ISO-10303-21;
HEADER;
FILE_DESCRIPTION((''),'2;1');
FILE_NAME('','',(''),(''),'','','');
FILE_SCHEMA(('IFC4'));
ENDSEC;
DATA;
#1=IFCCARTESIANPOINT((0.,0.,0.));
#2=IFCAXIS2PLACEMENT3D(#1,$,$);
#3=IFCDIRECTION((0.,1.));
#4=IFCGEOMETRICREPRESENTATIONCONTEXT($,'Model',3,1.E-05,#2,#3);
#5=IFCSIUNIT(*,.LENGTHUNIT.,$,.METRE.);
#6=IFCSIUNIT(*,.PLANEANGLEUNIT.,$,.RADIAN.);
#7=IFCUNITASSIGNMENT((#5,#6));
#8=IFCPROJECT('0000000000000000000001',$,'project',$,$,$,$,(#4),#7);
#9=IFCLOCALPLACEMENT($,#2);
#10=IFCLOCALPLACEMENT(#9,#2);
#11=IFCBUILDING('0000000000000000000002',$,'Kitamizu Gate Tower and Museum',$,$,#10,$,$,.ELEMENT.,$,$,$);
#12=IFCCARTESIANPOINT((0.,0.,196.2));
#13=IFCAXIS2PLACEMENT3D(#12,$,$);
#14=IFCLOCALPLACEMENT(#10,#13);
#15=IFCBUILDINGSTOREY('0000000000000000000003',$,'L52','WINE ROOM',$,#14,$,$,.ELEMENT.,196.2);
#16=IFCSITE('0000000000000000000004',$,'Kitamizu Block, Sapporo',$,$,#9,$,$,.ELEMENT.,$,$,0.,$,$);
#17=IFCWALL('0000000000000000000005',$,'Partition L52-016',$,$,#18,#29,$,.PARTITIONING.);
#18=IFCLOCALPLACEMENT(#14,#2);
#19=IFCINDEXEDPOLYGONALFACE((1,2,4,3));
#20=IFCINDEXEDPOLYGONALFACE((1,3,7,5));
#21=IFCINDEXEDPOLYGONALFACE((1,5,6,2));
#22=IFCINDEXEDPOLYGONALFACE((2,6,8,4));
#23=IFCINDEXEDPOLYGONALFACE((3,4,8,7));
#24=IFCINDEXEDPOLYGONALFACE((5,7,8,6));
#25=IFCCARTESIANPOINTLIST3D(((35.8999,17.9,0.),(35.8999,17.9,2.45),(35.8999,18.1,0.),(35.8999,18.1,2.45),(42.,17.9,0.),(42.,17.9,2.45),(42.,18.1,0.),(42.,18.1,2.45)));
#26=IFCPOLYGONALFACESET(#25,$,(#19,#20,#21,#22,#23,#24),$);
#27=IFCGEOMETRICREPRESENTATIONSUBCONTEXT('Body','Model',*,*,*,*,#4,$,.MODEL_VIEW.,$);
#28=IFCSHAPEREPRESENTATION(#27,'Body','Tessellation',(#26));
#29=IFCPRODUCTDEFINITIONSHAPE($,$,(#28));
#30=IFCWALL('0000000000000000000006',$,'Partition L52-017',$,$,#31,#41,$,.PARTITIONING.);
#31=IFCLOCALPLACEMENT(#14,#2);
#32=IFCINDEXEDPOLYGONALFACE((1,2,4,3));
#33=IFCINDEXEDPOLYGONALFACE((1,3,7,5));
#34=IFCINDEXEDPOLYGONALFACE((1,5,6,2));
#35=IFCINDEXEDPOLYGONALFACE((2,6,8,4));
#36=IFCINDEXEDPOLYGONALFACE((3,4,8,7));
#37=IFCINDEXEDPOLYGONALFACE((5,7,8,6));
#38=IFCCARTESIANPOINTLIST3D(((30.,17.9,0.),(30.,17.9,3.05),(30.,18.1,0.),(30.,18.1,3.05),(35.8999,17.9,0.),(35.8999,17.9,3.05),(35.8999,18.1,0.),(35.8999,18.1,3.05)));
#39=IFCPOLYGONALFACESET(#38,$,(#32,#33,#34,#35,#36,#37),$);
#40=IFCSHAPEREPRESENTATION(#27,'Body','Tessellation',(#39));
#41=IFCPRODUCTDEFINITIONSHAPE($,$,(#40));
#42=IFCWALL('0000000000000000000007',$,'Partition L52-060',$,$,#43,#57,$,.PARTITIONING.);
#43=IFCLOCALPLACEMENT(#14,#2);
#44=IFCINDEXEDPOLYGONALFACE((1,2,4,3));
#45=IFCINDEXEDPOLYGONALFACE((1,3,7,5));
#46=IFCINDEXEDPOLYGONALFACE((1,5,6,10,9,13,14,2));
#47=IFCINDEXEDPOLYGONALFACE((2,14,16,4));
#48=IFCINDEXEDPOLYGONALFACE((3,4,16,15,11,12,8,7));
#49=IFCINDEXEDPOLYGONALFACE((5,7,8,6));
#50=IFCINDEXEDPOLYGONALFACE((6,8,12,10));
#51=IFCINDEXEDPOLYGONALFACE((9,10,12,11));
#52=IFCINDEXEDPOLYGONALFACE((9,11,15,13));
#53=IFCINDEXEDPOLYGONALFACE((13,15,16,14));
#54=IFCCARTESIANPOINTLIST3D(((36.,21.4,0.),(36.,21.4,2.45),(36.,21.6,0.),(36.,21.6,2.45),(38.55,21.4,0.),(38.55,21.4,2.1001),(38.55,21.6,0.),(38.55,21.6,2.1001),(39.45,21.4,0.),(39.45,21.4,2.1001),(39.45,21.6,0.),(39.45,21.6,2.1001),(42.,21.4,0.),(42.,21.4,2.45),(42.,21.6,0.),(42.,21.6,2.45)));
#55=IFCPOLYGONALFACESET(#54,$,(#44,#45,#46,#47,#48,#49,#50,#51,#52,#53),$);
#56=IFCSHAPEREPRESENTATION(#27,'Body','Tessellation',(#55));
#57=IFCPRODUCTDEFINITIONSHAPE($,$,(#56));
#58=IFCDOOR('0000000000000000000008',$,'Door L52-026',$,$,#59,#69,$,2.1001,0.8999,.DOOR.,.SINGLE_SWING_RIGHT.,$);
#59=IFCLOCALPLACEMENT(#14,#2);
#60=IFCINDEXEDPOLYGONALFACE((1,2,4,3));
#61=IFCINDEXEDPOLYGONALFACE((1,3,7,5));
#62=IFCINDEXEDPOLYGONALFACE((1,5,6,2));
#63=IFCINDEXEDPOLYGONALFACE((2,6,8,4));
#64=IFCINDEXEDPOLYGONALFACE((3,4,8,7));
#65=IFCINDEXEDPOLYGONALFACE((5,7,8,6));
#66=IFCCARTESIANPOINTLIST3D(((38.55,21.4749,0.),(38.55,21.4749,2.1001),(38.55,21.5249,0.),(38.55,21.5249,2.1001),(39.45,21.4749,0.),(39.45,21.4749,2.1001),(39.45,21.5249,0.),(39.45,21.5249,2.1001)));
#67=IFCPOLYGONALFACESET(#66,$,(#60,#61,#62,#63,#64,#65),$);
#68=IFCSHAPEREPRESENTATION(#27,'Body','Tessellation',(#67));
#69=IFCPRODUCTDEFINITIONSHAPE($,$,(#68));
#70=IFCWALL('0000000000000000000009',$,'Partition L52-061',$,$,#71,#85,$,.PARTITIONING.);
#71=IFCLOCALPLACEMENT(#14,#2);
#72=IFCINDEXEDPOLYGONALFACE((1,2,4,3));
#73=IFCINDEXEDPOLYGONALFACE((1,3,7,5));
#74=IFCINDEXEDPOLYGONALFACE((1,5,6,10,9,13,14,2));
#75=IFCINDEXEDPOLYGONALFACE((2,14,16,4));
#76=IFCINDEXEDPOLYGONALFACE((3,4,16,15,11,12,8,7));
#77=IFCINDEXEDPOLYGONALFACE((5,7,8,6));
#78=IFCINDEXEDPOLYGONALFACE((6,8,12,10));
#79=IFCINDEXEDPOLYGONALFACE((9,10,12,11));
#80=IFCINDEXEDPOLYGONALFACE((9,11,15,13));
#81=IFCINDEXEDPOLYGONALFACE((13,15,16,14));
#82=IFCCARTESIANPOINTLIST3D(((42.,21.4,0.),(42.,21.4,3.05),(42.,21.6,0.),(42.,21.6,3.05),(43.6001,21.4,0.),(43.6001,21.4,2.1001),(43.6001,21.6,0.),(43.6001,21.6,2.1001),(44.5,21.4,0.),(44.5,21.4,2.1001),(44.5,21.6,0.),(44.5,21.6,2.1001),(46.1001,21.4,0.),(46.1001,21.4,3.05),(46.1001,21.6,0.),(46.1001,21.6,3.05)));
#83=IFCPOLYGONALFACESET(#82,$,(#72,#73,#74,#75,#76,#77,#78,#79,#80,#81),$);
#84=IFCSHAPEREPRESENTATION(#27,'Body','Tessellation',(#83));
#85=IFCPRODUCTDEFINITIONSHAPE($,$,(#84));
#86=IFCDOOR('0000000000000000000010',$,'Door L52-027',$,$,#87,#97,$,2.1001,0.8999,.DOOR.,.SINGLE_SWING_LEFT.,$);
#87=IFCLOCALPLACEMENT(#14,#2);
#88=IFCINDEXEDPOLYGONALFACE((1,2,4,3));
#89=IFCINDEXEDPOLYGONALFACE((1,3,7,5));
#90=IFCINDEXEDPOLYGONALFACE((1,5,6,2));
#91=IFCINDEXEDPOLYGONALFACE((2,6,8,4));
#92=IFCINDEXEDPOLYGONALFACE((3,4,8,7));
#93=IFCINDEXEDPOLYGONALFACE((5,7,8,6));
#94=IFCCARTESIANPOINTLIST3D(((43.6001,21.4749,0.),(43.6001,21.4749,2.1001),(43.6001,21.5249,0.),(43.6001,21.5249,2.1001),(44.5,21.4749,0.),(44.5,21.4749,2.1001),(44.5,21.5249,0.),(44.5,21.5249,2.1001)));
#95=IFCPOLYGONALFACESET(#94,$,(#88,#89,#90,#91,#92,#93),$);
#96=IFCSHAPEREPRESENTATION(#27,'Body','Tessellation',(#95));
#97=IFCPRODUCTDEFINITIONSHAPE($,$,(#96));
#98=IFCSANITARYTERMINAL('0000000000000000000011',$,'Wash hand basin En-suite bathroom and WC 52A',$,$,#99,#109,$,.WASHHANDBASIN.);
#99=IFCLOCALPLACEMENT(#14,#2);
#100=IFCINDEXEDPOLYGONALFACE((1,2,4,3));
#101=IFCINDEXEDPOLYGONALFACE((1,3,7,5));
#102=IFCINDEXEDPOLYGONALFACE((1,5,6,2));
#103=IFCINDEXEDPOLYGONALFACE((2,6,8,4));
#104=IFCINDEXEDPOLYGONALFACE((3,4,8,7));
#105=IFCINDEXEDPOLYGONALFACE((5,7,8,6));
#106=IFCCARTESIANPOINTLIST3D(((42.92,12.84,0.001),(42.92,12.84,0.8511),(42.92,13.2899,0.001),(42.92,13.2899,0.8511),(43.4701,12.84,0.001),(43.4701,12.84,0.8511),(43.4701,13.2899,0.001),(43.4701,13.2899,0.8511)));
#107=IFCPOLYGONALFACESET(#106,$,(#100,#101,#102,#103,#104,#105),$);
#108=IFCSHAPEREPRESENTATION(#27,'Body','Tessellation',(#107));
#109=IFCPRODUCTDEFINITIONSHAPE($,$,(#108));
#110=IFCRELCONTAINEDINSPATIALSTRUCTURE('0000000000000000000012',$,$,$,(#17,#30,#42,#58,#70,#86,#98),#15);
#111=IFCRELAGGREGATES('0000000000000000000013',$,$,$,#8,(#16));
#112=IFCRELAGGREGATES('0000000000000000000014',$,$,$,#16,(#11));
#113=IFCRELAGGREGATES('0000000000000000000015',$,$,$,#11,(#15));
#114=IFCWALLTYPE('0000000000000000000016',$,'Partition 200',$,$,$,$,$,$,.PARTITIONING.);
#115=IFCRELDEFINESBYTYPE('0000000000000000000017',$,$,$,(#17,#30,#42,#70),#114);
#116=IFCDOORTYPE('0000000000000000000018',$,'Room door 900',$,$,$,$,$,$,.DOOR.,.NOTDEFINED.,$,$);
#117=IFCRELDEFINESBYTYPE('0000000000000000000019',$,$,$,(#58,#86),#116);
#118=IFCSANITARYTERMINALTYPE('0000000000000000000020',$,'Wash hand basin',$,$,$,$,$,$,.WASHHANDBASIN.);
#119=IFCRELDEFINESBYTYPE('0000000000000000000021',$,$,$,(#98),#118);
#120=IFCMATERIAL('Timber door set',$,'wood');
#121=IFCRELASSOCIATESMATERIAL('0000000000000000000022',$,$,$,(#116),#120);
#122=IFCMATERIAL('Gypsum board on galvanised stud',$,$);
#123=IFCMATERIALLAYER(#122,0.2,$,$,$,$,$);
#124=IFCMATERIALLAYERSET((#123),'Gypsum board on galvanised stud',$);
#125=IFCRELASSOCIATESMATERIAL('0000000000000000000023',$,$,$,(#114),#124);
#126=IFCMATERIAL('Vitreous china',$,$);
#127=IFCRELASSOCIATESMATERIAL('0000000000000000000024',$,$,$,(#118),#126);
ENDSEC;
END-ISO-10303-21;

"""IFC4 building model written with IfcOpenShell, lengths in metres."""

from ifc_helpers import new_model, si_unit, direction, frame, frame_2d, origin, origin_2d, place, context, subcontext, project, spatial, rectangle, extrude, material, layer, layer_set, type_object, element, fill, save


model = new_model("IFC4")

# Units and contexts
model_context = context("Model", 3, precision=1e-05, world=origin(), true_north=direction((0.0, 1.0)))
body_context = subcontext(model_context, "Body", "Model", "MODEL_VIEW")
ifc_project = project(units=[si_unit("LENGTHUNIT", "METRE"), si_unit("PLANEANGLEUNIT", "RADIAN")], contexts=[model_context])

# Site, building, storey
site_placement = place(None, origin())
site = spatial("IfcSite", under=ifc_project, at=site_placement, Name="Kitamizu Block, Sapporo", CompositionType="ELEMENT", RefElevation=0.0)
building_placement = place(site_placement, origin())
building = spatial("IfcBuilding", under=site, at=building_placement, Name="Kitamizu Gate Tower and Museum", CompositionType="ELEMENT")
storey_placement = place(building_placement, frame((0.0, 0.0, 196.2)))
storey = spatial("IfcBuildingStorey", under=building, at=storey_placement, Name="L52", Description="WINE ROOM", CompositionType="ELEMENT", Elevation=196.2)

# Shared definitions
ifc_material_1 = material(Name="Timber door set", Category="wood")
door_type_1 = type_object("IfcDoorType", Name="Room door 900", OperationType="NOTDEFINED", PredefinedType="DOOR", material=ifc_material_1)

# Walls
ifc_material_2 = material(Name="Gypsum board on galvanised stud")
ifc_layer_1 = layer(ifc_material_2, 0.2)
ifc_layer_set_1 = layer_set([ifc_layer_1], Name="Gypsum board on galvanised stud")
wall_type_1 = type_object("IfcWallType", Name="Partition 200", PredefinedType="PARTITIONING", material=ifc_layer_set_1)
wall_1_placement = place(storey_placement, frame((42.0, 18.0, 0.0), z_axis=(0.0, 0.0, 1.0), x_axis=(-1.0, 0.0, 0.0)))
element("IfcWall", 1, at=wall_1_placement, inside=storey, type_object=wall_type_1, Name="Partition L52-016", PredefinedType="PARTITIONING", context=body_context, shape_type="SweptSolid", body=[
    extrude(rectangle(XDim=6.1001, YDim=0.2, at=frame_2d((3.05, 0.0))), origin(), (0.0, 0.0, 1.0), 2.45),
])
wall_2_placement = place(storey_placement, frame((35.8999, 18.0, 0.0), z_axis=(0.0, 0.0, 1.0), x_axis=(-1.0, 0.0, 0.0)))
element("IfcWall", 2, at=wall_2_placement, inside=storey, type_object=wall_type_1, Name="Partition L52-017", PredefinedType="PARTITIONING", context=body_context, shape_type="SweptSolid", body=[
    extrude(rectangle(XDim=5.8999, YDim=0.2, at=frame_2d((2.95, 0.0))), origin(), (0.0, 0.0, 1.0), 3.05),
])

# Walls, openings, doors
wall_3_placement = place(storey_placement, frame((36.0, 21.5, 0.0), z_axis=(0.0, 0.0, 1.0), x_axis=(1.0, 0.0, 0.0)))
wall_3 = element("IfcWall", 3, at=wall_3_placement, inside=storey, type_object=wall_type_1, Name="Partition L52-060", PredefinedType="PARTITIONING", context=body_context, shape_type="SweptSolid", body=[
    extrude(rectangle(XDim=6.0, YDim=0.2, at=frame_2d((3.0, 0.0))), origin(), (0.0, 0.0, 1.0), 2.45),
])
opening_1_placement = place(wall_3_placement, frame((2.55, 0.0, 0.0)))
opening_1 = element("IfcOpeningElement", 4, at=opening_1_placement, cuts=wall_3, PredefinedType="OPENING", context=body_context, shape_type="SweptSolid", body=[
    extrude(rectangle(XDim=0.8999, YDim=2.1001, at=frame_2d((0.45, 1.05))), frame((0.0, 0.1099, 0.0), z_axis=(0.0, -1.0, 0.0), x_axis=(1.0, 0.0, 0.0)), (0.0, 0.0, 1.0), 0.22),
])
door_1_placement = place(opening_1_placement, origin())
door_1 = element("IfcDoor", 5, at=door_1_placement, inside=storey, type_object=door_type_1, Name="Door L52-026", OperationType="SINGLE_SWING_RIGHT", OverallHeight=2.1001, OverallWidth=0.8999, PredefinedType="DOOR", context=body_context, shape_type="SweptSolid", body=[
    extrude(rectangle(XDim=0.8999, YDim=2.1001, at=frame_2d((0.45, 1.05))), frame((0.0, 0.0249, 0.0), z_axis=(0.0, -1.0, 0.0), x_axis=(1.0, 0.0, 0.0)), (0.0, 0.0, 1.0), 0.05),
])
fill(opening_1, door_1)
wall_4_placement = place(storey_placement, frame((42.0, 21.5, 0.0), z_axis=(0.0, 0.0, 1.0), x_axis=(1.0, 0.0, 0.0)))
wall_4 = element("IfcWall", 6, at=wall_4_placement, inside=storey, type_object=wall_type_1, Name="Partition L52-061", PredefinedType="PARTITIONING", context=body_context, shape_type="SweptSolid", body=[
    extrude(rectangle(XDim=4.1001, YDim=0.2, at=frame_2d((2.05, 0.0))), origin(), (0.0, 0.0, 1.0), 3.05),
])
opening_2_placement = place(wall_4_placement, frame((1.6001, 0.0, 0.0)))
opening_2 = element("IfcOpeningElement", 7, at=opening_2_placement, cuts=wall_4, PredefinedType="OPENING", context=body_context, shape_type="SweptSolid", body=[
    extrude(rectangle(XDim=0.8999, YDim=2.1001, at=frame_2d((0.45, 1.05))), frame((0.0, 0.1099, 0.0), z_axis=(0.0, -1.0, 0.0), x_axis=(1.0, 0.0, 0.0)), (0.0, 0.0, 1.0), 0.22),
])
door_2_placement = place(opening_2_placement, origin())
door_2 = element("IfcDoor", 8, at=door_2_placement, inside=storey, type_object=door_type_1, Name="Door L52-027", OperationType="SINGLE_SWING_LEFT", OverallHeight=2.1001, OverallWidth=0.8999, PredefinedType="DOOR", context=body_context, shape_type="SweptSolid", body=[
    extrude(rectangle(XDim=0.8999, YDim=2.1001, at=frame_2d((0.45, 1.05))), frame((0.0, 0.0249, 0.0), z_axis=(0.0, -1.0, 0.0), x_axis=(1.0, 0.0, 0.0)), (0.0, 0.0, 1.0), 0.05),
])
fill(opening_2, door_2)

# Sanitary terminal
ifc_material_3 = material(Name="Vitreous china")
sanitary_terminal_type = type_object("IfcSanitaryTerminalType", Name="Wash hand basin", PredefinedType="WASHHANDBASIN", material=ifc_material_3)
sanitary_terminal_placement = place(storey_placement, frame((43.1951, 13.0649, 0.001), z_axis=(0.0, 0.0, 1.0), x_axis=(1.0, 0.0, 0.0)))
element("IfcSanitaryTerminal", 9, at=sanitary_terminal_placement, inside=storey, type_object=sanitary_terminal_type, Name="Wash hand basin En-suite bathroom and WC 52A", PredefinedType="WASHHANDBASIN", context=body_context, shape_type="SweptSolid", body=[
    extrude(rectangle(XDim=0.55, YDim=0.45, at=origin_2d()), origin(), (0.0, 0.0, 1.0), 0.8501),
])

save(model, "model.ifc")
